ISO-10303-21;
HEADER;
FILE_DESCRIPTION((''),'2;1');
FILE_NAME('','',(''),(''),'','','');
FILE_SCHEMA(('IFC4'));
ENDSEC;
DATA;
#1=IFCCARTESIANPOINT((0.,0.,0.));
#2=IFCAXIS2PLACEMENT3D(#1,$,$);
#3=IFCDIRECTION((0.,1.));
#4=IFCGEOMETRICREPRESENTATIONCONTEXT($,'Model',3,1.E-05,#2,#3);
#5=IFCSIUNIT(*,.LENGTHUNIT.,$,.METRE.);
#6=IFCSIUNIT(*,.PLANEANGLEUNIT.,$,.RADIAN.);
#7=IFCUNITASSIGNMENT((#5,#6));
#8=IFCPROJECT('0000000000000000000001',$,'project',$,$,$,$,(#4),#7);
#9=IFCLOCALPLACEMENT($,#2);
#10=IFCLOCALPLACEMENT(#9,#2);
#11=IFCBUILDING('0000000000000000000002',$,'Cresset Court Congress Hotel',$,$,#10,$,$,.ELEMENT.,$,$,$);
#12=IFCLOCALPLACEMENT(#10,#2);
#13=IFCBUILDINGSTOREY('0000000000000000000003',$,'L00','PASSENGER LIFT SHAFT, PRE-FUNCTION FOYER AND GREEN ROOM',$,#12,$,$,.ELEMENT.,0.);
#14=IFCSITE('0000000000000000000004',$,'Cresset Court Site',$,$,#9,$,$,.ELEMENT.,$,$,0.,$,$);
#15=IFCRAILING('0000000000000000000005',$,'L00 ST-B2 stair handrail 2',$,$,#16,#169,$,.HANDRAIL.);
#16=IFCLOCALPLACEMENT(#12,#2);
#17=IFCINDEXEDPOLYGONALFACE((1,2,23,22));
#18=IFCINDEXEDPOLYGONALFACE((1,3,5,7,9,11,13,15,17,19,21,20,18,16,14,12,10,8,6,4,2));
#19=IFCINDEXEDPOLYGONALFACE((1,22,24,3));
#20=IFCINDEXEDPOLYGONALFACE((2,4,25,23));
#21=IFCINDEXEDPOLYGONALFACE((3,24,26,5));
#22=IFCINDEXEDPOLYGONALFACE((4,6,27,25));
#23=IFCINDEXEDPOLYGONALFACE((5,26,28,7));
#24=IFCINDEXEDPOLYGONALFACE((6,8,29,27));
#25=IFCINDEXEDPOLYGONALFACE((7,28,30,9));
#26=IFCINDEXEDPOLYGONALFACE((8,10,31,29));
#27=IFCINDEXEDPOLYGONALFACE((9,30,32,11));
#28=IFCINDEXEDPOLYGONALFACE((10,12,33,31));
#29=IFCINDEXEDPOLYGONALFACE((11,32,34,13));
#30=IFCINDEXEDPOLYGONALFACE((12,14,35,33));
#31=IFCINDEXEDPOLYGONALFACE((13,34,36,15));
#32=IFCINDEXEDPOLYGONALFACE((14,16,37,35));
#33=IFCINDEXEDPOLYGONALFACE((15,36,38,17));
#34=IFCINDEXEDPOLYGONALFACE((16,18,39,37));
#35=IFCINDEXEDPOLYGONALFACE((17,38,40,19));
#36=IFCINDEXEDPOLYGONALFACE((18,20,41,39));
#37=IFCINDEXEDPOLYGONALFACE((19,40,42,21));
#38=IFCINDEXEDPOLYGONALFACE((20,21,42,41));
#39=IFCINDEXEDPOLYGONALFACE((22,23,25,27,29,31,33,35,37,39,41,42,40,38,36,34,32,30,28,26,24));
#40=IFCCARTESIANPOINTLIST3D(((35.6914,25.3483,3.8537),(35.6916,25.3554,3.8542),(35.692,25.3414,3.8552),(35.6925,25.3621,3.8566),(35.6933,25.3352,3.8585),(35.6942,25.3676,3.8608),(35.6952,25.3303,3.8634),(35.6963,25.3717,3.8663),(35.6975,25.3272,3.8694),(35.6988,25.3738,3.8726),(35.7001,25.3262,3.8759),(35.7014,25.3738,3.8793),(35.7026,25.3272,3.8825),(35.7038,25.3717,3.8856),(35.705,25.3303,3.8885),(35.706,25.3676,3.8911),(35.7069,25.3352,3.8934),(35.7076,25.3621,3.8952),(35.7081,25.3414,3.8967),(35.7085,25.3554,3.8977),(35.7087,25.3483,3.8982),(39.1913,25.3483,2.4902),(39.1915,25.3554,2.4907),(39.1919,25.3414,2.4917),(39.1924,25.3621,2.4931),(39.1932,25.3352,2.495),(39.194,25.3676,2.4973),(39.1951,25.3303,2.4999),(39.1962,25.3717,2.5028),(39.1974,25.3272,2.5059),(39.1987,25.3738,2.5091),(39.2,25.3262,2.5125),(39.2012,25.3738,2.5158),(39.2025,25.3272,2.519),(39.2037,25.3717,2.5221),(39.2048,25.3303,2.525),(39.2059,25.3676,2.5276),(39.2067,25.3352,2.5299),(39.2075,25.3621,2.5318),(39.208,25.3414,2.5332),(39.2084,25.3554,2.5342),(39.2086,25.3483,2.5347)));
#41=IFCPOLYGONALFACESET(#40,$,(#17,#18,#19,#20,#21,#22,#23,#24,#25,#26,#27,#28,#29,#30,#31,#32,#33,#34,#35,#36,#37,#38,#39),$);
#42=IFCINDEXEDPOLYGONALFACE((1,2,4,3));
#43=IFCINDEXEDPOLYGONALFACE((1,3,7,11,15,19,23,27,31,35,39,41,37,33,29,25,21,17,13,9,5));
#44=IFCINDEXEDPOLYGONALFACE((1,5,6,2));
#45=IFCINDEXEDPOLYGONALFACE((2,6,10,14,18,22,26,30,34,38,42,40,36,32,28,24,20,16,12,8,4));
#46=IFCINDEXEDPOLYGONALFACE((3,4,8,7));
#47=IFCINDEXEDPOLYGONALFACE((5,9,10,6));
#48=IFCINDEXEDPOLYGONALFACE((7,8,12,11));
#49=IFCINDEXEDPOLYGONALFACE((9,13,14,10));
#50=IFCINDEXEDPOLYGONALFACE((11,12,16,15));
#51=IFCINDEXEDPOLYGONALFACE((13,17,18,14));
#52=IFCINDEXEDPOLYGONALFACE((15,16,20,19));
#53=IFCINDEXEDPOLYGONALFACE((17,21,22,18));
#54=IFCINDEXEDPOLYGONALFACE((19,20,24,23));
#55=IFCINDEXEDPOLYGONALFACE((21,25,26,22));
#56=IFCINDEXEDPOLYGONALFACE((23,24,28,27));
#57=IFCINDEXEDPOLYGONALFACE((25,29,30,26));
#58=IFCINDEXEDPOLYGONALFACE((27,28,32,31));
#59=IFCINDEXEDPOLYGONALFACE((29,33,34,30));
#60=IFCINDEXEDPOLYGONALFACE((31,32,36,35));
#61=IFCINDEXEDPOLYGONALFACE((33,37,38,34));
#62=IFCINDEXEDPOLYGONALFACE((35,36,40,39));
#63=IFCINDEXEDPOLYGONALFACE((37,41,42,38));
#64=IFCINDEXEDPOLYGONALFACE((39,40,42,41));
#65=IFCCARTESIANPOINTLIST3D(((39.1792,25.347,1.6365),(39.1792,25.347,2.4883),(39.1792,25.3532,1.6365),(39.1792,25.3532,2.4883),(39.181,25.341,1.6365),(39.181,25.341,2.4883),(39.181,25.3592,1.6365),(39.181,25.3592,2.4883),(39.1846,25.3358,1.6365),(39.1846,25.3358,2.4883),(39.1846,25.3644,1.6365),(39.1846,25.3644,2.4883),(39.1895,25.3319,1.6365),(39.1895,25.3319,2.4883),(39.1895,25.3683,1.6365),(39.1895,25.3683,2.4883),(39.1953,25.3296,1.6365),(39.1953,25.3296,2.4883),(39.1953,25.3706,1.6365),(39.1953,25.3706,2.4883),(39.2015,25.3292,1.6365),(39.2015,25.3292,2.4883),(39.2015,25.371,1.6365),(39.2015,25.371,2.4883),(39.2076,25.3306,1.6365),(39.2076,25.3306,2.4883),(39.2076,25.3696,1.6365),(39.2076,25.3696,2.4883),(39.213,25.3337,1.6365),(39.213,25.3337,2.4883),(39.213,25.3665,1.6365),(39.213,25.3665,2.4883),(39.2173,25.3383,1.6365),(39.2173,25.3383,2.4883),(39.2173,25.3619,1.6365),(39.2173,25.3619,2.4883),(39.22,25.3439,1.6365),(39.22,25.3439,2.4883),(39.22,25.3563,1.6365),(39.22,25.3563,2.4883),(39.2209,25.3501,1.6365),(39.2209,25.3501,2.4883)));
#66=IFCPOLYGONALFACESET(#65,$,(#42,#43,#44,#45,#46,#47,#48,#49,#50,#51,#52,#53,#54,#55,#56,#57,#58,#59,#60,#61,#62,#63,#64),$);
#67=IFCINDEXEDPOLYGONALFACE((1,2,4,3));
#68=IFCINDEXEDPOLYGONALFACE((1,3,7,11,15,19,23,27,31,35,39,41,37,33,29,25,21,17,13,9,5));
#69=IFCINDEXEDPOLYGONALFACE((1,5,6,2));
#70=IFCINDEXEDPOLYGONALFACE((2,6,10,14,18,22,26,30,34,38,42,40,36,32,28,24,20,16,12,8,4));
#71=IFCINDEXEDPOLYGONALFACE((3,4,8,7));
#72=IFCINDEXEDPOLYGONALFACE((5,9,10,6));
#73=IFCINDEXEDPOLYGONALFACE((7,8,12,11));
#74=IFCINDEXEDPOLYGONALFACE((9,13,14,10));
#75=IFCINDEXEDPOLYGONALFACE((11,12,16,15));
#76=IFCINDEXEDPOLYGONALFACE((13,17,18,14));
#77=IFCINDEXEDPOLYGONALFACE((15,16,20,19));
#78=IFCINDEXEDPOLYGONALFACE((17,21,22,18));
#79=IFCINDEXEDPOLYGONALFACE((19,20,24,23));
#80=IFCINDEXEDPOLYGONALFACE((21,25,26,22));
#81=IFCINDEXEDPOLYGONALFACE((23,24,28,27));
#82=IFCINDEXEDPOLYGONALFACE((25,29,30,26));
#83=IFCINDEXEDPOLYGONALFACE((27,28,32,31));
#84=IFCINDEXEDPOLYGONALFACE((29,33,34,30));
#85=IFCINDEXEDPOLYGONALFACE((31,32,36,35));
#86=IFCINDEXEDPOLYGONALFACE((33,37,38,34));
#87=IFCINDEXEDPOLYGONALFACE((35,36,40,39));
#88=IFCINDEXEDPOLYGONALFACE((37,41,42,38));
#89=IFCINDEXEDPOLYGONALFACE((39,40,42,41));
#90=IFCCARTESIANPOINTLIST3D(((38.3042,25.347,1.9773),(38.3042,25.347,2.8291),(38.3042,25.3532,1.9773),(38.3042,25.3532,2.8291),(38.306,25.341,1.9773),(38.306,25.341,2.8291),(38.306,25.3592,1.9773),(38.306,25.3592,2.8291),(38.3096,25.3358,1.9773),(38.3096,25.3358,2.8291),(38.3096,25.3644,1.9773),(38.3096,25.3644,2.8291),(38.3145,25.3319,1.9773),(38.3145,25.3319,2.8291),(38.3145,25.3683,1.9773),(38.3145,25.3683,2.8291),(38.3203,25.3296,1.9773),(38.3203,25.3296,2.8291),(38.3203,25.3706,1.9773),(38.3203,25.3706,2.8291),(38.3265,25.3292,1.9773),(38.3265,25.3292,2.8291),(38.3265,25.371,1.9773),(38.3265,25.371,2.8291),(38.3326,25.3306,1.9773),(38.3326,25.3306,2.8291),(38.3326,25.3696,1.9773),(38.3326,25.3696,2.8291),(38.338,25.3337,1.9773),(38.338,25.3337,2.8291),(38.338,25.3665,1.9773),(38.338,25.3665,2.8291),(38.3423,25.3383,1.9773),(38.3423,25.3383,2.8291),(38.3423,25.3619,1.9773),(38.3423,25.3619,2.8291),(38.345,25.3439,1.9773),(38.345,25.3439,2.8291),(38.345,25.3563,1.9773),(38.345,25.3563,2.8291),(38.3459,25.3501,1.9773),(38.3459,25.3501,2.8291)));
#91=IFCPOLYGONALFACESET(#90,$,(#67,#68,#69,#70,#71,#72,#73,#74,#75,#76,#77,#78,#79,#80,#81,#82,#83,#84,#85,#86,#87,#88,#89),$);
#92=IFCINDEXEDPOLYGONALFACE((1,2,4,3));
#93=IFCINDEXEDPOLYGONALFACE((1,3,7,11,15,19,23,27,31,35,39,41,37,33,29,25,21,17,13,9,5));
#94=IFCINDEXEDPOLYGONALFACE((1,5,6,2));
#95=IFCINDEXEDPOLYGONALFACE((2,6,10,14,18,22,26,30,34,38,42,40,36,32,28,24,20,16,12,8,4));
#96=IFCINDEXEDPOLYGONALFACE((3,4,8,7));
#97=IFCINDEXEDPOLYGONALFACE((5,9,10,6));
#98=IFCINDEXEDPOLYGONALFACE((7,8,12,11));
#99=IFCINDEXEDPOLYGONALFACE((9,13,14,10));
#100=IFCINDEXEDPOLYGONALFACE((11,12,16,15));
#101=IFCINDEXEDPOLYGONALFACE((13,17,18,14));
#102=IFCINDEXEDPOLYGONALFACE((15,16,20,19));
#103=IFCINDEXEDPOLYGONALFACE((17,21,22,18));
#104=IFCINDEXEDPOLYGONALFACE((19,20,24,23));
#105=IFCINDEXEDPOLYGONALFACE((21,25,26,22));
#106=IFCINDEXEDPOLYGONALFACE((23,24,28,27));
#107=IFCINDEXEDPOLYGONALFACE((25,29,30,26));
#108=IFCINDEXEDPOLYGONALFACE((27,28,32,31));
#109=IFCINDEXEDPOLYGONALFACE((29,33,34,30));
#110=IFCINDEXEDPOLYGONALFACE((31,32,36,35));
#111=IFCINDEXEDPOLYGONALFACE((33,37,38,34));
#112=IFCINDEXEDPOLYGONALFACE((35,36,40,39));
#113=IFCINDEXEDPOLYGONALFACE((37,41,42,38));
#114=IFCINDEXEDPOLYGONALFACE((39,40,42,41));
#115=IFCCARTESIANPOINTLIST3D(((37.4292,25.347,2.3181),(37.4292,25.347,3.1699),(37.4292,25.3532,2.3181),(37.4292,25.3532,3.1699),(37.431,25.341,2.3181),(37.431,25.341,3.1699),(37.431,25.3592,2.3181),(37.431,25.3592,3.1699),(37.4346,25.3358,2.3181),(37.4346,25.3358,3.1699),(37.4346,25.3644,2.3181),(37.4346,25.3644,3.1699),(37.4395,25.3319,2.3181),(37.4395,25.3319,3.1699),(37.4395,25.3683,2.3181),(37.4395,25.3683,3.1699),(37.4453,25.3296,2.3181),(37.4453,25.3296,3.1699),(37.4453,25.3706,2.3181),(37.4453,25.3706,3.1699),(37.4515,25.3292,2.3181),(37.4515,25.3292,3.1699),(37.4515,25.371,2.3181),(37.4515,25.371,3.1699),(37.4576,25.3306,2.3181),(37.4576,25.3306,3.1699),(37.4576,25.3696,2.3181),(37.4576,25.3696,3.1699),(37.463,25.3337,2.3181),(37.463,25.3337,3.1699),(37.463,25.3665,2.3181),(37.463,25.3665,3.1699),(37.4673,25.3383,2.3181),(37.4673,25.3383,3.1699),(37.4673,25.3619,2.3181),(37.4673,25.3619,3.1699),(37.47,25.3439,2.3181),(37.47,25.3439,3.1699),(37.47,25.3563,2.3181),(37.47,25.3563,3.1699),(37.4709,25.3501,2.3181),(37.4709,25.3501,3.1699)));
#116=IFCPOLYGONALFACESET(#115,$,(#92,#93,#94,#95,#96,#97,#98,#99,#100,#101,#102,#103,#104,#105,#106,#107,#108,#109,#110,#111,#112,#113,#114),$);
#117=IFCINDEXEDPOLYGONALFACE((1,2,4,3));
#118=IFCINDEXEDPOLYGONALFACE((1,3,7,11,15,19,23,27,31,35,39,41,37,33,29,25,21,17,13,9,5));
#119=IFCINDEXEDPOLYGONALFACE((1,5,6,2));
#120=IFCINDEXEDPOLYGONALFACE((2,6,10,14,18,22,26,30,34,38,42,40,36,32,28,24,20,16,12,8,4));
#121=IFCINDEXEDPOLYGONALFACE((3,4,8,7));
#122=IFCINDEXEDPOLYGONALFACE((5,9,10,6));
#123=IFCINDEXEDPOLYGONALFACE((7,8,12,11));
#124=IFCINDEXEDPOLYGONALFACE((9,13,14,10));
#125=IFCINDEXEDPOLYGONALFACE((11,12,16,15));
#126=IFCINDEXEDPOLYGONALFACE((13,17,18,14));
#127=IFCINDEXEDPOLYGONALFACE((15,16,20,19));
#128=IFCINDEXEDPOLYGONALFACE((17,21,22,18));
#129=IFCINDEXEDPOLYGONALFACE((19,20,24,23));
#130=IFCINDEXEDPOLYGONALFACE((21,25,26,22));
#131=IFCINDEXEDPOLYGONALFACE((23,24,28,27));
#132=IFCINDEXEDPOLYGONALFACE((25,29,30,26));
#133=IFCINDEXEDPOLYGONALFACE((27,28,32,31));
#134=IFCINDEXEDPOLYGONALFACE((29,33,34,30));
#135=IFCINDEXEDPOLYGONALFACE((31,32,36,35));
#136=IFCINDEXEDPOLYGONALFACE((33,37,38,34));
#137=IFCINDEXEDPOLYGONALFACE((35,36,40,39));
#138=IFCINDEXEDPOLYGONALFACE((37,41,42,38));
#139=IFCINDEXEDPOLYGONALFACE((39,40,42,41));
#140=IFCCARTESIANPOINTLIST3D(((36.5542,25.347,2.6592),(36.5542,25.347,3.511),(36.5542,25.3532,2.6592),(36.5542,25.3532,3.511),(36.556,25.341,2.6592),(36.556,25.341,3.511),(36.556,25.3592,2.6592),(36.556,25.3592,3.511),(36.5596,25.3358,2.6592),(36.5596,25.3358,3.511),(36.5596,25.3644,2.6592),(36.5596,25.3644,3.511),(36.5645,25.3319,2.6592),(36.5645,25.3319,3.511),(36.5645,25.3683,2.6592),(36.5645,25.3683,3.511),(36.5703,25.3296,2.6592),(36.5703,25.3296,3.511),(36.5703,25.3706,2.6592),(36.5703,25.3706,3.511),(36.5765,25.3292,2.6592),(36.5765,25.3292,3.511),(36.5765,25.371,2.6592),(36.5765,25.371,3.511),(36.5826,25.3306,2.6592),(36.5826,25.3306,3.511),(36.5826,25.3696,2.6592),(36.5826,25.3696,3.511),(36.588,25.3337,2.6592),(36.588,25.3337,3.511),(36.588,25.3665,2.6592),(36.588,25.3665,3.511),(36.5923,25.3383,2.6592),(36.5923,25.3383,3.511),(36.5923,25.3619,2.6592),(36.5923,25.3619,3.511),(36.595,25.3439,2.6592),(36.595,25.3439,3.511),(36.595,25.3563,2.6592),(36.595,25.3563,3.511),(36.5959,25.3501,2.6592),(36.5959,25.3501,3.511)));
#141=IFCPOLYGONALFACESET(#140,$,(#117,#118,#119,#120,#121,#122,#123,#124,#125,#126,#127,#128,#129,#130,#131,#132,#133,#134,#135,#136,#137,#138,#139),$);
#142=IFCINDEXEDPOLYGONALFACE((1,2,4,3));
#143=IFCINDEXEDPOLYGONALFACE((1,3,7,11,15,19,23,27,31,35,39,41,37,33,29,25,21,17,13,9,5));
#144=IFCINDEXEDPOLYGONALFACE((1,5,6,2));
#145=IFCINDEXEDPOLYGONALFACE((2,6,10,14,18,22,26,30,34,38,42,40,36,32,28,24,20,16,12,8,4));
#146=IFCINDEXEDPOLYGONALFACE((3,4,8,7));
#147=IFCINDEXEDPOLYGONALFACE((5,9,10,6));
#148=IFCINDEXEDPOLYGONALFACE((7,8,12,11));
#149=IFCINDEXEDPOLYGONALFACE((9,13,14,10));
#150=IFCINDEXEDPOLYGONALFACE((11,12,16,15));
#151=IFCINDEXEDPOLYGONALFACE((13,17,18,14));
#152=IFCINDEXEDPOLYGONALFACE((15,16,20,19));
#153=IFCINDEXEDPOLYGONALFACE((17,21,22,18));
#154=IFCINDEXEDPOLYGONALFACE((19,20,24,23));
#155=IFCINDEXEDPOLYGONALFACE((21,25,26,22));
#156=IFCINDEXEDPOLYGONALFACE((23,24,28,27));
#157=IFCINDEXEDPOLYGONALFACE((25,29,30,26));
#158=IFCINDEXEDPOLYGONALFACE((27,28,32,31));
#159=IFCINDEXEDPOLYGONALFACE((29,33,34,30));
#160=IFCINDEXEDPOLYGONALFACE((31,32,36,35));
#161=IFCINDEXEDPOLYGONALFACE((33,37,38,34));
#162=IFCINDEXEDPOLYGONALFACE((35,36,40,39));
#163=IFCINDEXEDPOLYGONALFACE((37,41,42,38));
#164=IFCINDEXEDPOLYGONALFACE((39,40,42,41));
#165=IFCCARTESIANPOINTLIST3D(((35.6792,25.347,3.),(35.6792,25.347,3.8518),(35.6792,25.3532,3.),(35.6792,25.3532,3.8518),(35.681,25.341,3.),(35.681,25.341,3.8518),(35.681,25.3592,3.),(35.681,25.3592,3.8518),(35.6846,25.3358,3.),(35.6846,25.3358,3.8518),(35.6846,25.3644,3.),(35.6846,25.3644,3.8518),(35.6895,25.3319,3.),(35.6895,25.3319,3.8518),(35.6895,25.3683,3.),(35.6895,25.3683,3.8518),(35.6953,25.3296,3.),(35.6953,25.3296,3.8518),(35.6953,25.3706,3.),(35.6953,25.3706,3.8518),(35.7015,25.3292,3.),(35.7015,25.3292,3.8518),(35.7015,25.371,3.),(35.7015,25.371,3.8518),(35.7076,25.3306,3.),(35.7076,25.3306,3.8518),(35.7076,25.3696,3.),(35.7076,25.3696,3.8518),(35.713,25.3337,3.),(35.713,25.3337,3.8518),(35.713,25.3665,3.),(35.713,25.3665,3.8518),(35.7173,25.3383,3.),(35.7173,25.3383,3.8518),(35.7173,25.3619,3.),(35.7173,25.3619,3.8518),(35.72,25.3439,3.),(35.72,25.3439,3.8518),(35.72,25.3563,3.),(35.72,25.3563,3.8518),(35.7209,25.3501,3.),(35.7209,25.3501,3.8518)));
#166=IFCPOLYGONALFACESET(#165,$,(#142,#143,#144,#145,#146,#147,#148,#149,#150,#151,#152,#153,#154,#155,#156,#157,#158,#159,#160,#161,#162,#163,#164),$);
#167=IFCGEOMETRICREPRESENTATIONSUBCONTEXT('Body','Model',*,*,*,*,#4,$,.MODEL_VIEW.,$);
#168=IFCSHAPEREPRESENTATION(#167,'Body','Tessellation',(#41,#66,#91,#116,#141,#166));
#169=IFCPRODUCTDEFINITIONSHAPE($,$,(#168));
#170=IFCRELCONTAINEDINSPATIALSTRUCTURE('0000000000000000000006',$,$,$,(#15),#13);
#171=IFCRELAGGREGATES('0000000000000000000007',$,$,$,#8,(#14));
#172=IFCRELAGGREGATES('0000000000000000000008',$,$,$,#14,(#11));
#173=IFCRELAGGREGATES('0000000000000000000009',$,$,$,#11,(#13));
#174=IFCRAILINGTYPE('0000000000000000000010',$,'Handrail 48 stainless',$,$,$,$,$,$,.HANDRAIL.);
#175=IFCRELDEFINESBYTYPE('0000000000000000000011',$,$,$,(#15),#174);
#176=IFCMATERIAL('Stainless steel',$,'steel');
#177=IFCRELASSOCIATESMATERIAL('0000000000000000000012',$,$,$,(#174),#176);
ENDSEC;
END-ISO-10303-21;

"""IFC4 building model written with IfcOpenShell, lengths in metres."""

from ifc_helpers import new_model, si_unit, direction, frame, origin, origin_2d, place, context, subcontext, project, spatial, circle, extrude, material, type_object, element, save


model = new_model("IFC4")

# Units and contexts
model_context = context("Model", 3, precision=1e-05, world=origin(), true_north=direction((0.0, 1.0)))
body_context = subcontext(model_context, "Body", "Model", "MODEL_VIEW")
ifc_project = project(units=[si_unit("LENGTHUNIT", "METRE"), si_unit("PLANEANGLEUNIT", "RADIAN")], contexts=[model_context])

# Site, building, storey
site_placement = place(None, origin())
site = spatial("IfcSite", under=ifc_project, at=site_placement, Name="Cresset Court Site", CompositionType="ELEMENT", RefElevation=0.0)
building_placement = place(site_placement, origin())
building = spatial("IfcBuilding", under=site, at=building_placement, Name="Cresset Court Congress Hotel", CompositionType="ELEMENT")
storey_placement = place(building_placement, origin())
storey = spatial("IfcBuildingStorey", under=building, at=storey_placement, Name="L00", Description="PASSENGER LIFT SHAFT, PRE-FUNCTION FOYER AND GREEN ROOM", CompositionType="ELEMENT", Elevation=0.0)

# Railing
ifc_material_1 = material(Name="Stainless steel", Category="steel")
railing_type_1 = type_object("IfcRailingType", Name="Handrail 48 stainless", PredefinedType="HANDRAIL", material=ifc_material_1)
railing_1_placement = place(storey_placement, frame((39.2, 25.3501, 1.6365)))
element("IfcRailing", 1, at=railing_1_placement, inside=storey, type_object=railing_type_1, Name="L00 ST-B2 stair handrail 2", PredefinedType="HANDRAIL", context=body_context, shape_type="SweptSolid", body=[
    extrude(circle(Radius=0.0239, at=origin_2d()), frame((0.0, 0.0, 0.876), z_axis=(-0.931787, 0.0, 0.363005), x_axis=(0.0, -1.0, 0.0)), (0.0, 0.0, 1.0), 3.7561),
    extrude(circle(Radius=0.021, at=origin_2d()), origin(), (0.0, 0.0, 1.0), 0.8518),
    extrude(circle(Radius=0.021, at=origin_2d()), frame((-0.875, 0.0, 0.3408)), (0.0, 0.0, 1.0), 0.8518),
    extrude(circle(Radius=0.021, at=origin_2d()), frame((-1.75, 0.0, 0.6816)), (0.0, 0.0, 1.0), 0.8518),
    extrude(circle(Radius=0.021, at=origin_2d()), frame((-2.625, 0.0, 1.0227)), (0.0, 0.0, 1.0), 0.8518),
    extrude(circle(Radius=0.021, at=origin_2d()), frame((-3.5, 0.0, 1.3635)), (0.0, 0.0, 1.0), 0.8518),
])

save(model, "model.ifc")
